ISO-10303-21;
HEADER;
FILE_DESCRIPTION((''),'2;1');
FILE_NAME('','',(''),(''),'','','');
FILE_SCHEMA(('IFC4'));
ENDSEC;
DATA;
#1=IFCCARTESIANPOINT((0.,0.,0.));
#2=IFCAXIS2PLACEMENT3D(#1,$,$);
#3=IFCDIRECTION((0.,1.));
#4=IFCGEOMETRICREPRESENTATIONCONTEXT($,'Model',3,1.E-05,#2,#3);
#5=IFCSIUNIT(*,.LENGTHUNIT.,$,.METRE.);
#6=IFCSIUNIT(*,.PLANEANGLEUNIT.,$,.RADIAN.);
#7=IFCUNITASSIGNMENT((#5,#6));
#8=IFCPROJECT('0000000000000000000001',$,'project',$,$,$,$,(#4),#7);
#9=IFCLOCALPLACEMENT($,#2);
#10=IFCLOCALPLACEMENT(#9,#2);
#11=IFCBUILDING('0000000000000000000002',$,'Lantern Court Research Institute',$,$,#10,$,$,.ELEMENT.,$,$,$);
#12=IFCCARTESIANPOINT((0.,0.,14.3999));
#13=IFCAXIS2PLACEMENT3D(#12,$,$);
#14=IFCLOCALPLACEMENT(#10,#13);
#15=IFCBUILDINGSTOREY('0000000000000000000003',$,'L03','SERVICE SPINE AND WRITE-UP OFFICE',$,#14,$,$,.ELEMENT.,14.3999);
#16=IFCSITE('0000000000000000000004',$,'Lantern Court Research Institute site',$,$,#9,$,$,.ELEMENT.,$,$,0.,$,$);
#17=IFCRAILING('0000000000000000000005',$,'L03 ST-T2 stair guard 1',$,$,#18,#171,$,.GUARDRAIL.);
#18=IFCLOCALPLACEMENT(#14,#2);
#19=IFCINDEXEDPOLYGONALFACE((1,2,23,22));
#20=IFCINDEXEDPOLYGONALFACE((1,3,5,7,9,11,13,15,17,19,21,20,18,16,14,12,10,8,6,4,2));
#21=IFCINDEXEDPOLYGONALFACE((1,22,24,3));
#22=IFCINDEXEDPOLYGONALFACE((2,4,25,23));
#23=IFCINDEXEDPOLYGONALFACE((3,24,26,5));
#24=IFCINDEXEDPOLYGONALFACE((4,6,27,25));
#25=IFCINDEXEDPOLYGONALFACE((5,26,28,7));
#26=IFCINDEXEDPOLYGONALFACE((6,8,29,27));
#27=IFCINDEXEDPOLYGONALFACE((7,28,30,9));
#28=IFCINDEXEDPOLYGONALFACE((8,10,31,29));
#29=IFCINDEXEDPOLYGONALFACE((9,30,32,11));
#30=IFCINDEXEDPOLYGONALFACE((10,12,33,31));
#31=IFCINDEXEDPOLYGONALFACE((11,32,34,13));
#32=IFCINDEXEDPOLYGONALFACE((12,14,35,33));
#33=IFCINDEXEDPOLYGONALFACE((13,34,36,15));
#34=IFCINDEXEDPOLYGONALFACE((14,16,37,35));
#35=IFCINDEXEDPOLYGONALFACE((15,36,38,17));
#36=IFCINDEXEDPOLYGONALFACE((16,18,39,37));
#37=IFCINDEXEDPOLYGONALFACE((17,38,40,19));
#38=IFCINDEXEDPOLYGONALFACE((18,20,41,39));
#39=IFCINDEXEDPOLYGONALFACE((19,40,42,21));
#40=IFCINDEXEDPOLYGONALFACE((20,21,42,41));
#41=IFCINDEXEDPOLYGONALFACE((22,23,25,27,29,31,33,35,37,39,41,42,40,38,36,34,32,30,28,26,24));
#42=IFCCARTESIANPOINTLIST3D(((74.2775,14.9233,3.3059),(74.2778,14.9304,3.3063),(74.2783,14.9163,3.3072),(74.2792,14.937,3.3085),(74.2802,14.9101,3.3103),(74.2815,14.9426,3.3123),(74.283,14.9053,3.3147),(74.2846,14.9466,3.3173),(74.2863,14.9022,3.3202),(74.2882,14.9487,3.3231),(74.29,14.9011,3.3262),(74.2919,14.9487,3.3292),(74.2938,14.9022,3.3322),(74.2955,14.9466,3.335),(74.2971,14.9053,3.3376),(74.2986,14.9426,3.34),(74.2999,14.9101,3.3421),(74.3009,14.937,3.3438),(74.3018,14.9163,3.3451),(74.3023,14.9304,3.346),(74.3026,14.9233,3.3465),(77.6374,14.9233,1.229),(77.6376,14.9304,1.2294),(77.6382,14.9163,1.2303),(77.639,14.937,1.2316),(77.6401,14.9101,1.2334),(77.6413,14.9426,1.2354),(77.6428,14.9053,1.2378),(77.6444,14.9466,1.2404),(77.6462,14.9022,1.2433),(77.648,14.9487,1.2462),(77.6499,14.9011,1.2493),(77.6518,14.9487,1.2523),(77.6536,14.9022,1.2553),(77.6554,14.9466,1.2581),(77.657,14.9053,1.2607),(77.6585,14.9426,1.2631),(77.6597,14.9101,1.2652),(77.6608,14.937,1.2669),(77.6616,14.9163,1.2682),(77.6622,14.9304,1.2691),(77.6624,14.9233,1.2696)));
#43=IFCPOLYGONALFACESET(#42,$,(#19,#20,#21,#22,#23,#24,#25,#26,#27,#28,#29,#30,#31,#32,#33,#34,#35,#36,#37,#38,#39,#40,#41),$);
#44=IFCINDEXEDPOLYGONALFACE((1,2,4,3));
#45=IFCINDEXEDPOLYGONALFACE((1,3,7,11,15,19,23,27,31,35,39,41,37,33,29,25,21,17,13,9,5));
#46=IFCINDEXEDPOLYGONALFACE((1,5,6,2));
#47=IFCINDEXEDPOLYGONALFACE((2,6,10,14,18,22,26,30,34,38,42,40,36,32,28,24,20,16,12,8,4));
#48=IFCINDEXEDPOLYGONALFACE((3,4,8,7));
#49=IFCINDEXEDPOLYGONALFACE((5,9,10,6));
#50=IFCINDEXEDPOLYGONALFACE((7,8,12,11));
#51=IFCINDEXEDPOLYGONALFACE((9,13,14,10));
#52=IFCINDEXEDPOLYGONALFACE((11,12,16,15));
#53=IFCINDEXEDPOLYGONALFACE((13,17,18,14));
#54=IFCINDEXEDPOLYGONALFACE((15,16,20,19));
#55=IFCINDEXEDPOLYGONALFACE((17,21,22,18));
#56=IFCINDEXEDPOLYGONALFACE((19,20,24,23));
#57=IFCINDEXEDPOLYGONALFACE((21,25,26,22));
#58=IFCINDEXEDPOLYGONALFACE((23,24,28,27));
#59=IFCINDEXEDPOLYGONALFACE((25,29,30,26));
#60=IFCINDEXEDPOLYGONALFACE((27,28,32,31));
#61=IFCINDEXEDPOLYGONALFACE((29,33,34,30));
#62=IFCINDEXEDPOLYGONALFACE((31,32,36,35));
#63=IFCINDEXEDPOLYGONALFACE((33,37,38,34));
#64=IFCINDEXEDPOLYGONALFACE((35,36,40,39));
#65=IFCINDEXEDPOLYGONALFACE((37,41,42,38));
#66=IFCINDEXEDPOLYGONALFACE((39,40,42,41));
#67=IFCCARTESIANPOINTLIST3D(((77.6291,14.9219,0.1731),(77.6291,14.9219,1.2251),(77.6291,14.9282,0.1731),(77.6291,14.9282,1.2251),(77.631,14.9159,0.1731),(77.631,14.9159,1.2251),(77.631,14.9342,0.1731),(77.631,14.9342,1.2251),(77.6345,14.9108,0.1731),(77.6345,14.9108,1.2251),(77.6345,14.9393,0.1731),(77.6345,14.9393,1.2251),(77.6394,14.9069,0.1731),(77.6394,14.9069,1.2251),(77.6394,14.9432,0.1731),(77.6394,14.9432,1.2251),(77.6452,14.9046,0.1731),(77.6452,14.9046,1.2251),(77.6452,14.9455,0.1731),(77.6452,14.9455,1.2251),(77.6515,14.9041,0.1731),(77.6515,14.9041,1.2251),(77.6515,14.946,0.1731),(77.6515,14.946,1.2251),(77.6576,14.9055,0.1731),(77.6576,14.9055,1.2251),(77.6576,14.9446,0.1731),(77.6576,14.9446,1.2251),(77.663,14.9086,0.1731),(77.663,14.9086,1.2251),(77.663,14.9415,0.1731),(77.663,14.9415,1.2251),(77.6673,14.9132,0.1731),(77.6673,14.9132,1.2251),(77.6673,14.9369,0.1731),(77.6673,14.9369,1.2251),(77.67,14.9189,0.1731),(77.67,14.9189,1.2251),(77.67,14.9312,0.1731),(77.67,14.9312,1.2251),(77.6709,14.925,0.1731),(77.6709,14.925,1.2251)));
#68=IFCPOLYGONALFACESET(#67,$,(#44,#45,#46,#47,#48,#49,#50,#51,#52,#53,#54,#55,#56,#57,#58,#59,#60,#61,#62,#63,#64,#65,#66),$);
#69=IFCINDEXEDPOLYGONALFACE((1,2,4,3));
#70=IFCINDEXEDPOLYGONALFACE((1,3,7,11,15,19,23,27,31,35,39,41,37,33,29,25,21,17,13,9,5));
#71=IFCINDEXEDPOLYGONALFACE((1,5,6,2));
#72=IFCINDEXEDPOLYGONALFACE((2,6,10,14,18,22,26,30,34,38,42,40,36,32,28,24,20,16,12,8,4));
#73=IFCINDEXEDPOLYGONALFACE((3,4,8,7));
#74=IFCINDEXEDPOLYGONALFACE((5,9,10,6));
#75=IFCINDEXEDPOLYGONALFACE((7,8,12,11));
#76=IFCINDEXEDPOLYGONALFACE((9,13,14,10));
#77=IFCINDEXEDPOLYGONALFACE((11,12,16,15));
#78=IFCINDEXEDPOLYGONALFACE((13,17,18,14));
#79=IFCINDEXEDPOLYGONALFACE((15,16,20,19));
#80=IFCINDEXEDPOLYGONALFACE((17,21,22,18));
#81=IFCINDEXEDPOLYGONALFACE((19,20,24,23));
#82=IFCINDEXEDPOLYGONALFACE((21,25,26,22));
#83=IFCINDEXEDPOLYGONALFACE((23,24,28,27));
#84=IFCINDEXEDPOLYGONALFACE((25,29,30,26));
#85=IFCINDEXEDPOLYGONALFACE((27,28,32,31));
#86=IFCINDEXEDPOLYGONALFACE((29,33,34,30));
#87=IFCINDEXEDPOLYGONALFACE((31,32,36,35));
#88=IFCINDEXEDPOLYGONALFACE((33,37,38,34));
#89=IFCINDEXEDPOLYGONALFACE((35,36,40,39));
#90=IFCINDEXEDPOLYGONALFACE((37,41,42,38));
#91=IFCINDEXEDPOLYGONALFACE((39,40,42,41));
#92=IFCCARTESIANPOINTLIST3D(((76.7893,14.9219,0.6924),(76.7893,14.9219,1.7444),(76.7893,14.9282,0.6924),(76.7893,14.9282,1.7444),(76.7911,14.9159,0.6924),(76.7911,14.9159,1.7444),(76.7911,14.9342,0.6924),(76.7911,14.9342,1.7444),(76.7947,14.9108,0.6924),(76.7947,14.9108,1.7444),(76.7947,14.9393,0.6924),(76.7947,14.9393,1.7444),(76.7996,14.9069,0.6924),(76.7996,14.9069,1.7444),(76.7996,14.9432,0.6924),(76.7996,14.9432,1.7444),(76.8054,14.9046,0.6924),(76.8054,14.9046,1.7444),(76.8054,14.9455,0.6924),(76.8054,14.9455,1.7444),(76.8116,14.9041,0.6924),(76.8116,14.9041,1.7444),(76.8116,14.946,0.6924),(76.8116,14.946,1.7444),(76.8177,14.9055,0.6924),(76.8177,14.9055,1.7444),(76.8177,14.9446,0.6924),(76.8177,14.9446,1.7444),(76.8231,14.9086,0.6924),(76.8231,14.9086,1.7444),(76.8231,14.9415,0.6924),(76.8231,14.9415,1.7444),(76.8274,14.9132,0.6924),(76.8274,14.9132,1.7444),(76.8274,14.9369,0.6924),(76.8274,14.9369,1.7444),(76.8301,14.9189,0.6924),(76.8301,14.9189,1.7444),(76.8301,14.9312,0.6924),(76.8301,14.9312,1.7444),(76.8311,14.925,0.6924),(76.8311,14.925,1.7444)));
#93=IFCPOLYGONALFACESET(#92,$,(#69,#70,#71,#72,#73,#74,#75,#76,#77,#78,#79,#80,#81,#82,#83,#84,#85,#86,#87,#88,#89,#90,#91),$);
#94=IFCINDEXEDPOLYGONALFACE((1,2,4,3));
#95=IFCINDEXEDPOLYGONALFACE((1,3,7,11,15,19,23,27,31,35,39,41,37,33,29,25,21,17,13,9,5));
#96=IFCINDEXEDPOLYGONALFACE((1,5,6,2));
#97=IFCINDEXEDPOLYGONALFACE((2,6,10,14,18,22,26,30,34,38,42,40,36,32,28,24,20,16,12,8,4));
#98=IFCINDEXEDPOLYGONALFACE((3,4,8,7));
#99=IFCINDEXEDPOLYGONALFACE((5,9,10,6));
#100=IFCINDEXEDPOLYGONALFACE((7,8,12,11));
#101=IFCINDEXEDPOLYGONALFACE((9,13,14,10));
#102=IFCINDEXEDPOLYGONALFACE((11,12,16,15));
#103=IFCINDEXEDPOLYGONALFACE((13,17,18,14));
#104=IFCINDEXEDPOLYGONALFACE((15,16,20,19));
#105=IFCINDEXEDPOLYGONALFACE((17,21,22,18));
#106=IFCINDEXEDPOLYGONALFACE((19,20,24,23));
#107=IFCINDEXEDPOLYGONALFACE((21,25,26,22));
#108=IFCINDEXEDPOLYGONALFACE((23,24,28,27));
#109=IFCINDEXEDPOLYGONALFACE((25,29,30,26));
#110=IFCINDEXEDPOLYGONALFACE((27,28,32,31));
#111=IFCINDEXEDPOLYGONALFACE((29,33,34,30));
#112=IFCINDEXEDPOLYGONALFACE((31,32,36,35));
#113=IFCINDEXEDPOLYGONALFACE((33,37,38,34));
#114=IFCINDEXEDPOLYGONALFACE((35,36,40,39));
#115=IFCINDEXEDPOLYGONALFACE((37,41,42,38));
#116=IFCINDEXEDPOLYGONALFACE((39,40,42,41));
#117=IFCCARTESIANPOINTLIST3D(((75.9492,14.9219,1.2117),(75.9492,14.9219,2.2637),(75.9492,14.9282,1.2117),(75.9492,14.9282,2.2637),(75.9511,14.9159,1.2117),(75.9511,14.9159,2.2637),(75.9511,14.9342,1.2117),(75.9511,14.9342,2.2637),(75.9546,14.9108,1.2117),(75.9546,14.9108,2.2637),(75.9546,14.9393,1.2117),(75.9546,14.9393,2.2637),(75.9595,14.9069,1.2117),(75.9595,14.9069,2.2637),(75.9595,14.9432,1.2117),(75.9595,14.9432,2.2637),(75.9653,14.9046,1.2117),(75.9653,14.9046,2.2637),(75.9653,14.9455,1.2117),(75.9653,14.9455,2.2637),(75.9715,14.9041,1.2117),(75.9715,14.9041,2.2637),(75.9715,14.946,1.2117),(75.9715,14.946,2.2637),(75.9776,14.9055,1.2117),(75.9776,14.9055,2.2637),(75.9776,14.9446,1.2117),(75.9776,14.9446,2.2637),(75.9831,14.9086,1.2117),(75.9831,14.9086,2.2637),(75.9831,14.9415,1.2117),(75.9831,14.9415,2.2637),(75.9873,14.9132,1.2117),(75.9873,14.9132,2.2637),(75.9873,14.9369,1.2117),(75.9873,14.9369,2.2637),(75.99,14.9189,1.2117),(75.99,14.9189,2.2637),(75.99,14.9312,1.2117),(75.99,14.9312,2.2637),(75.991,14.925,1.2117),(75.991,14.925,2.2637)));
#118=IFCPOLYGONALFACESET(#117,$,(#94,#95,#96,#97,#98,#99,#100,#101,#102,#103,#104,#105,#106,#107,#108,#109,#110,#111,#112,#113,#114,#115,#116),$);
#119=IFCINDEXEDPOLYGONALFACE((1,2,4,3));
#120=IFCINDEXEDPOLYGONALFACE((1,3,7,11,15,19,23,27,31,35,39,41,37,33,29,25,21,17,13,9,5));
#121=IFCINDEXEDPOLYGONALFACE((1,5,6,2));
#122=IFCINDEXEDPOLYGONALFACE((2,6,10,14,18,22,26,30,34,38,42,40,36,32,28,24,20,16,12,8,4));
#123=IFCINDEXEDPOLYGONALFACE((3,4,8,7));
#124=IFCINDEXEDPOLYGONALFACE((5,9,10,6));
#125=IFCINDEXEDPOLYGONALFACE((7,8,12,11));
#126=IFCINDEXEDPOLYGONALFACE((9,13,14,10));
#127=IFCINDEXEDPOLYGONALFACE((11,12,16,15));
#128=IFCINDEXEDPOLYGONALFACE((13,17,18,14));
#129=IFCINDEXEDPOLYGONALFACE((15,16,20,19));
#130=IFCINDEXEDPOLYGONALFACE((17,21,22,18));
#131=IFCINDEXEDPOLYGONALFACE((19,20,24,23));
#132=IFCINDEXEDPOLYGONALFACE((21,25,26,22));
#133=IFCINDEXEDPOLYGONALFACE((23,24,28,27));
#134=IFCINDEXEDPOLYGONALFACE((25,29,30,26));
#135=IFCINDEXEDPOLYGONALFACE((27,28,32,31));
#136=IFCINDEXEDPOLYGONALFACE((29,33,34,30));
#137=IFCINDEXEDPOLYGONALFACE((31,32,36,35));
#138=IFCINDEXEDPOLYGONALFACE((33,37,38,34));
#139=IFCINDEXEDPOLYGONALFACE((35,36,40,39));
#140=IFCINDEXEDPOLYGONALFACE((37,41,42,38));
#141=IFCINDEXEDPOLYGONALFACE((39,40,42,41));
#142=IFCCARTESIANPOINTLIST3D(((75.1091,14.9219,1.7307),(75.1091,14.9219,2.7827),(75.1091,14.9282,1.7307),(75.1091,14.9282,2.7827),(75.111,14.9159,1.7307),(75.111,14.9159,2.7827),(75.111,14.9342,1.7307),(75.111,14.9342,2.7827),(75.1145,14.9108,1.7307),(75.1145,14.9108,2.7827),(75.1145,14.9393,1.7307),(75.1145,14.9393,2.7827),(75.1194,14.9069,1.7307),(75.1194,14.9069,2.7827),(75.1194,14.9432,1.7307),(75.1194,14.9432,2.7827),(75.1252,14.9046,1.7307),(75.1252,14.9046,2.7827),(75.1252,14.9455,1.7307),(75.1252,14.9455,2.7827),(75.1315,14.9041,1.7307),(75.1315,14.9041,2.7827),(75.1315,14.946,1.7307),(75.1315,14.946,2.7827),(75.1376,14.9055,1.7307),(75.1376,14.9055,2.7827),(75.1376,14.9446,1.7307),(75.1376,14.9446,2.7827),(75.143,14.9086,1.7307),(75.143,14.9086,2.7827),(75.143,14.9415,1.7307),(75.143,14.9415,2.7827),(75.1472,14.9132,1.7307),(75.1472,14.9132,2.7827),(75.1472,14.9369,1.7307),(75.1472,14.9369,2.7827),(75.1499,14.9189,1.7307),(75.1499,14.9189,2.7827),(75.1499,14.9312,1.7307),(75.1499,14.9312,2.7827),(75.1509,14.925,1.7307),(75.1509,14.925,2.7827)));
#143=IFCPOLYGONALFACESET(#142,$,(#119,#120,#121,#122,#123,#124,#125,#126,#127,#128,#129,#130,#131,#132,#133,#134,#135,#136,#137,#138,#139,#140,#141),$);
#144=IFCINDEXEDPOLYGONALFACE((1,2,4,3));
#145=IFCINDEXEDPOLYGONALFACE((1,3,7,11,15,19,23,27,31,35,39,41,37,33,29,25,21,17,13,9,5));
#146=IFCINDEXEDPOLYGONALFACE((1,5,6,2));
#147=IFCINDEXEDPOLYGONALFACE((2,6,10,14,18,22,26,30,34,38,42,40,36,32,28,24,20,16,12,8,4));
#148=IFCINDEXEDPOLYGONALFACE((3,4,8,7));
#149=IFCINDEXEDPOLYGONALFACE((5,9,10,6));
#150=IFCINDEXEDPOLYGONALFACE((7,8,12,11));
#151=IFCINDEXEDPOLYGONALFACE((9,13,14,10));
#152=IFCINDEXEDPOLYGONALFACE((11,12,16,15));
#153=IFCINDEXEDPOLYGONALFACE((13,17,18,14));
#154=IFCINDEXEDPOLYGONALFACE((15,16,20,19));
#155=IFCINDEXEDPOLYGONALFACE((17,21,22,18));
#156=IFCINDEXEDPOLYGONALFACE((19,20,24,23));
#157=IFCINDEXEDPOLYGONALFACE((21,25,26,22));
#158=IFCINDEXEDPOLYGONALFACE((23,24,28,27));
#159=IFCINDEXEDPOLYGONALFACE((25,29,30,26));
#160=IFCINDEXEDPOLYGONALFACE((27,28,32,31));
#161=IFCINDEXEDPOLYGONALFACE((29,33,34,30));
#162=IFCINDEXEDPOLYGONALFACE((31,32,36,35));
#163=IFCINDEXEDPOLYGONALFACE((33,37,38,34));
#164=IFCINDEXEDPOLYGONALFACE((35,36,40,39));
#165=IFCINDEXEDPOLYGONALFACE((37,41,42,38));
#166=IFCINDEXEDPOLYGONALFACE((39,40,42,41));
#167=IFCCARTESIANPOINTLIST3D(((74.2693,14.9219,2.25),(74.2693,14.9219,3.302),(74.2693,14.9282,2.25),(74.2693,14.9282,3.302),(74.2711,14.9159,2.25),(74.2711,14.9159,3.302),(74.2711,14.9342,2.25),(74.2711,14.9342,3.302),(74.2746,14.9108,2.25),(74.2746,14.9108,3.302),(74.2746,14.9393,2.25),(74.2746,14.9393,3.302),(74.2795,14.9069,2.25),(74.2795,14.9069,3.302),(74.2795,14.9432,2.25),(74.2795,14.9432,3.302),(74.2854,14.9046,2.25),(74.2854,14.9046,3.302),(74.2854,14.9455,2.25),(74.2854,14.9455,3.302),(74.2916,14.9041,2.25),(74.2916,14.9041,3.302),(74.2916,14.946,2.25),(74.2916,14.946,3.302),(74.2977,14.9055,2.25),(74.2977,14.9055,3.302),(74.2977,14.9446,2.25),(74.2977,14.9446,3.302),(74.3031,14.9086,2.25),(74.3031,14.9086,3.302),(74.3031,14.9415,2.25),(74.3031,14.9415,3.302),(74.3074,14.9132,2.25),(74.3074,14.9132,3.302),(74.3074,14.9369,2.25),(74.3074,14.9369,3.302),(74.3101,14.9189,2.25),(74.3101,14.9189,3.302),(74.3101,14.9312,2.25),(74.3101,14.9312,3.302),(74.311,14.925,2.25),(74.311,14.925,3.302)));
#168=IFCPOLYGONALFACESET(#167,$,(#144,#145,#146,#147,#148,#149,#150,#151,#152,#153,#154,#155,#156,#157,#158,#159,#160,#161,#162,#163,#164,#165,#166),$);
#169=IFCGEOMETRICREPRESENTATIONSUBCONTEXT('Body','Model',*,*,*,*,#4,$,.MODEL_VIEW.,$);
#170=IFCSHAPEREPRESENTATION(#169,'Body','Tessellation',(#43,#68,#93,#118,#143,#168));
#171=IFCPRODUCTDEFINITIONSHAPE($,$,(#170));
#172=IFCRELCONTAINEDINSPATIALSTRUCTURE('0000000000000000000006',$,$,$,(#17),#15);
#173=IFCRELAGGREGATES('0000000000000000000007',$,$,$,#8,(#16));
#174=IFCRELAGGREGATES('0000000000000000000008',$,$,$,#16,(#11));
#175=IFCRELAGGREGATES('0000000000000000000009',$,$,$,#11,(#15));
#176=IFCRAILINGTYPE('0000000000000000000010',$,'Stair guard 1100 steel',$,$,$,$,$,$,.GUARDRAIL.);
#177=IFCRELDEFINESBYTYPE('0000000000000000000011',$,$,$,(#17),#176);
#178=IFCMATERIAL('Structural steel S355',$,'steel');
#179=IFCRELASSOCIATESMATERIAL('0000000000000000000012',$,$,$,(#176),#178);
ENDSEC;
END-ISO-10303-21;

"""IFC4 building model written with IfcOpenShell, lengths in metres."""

from ifc_helpers import new_model, si_unit, direction, frame, origin, origin_2d, place, context, subcontext, project, spatial, circle, extrude, material, type_object, element, save


model = new_model("IFC4")

# Units and contexts
model_context = context("Model", 3, precision=1e-05, world=origin(), true_north=direction((0.0, 1.0)))
body_context = subcontext(model_context, "Body", "Model", "MODEL_VIEW")
ifc_project = project(units=[si_unit("LENGTHUNIT", "METRE"), si_unit("PLANEANGLEUNIT", "RADIAN")], contexts=[model_context])

# Site, building, storey
site_placement = place(None, origin())
site = spatial("IfcSite", under=ifc_project, at=site_placement, Name="Lantern Court Research Institute site", CompositionType="ELEMENT", RefElevation=0.0)
building_placement = place(site_placement, origin())
building = spatial("IfcBuilding", under=site, at=building_placement, Name="Lantern Court Research Institute", CompositionType="ELEMENT")
storey_placement = place(building_placement, frame((0.0, 0.0, 14.3999)))
storey = spatial("IfcBuildingStorey", under=building, at=storey_placement, Name="L03", Description="SERVICE SPINE AND WRITE-UP OFFICE", CompositionType="ELEMENT", Elevation=14.3999)

# Railing
ifc_material_1 = material(Name="Structural steel S355", Category="steel")
railing_type_1 = type_object("IfcRailingType", Name="Stair guard 1100 steel", PredefinedType="GUARDRAIL", material=ifc_material_1)
railing_1_placement = place(storey_placement, frame((77.6499, 14.925, 0.1731)))
element("IfcRailing", 1, at=railing_1_placement, inside=storey, type_object=railing_type_1, Name="L03 ST-T2 stair guard 1", PredefinedType="GUARDRAIL", context=body_context, shape_type="SweptSolid", body=[
    extrude(circle(Radius=0.0239, at=origin_2d()), frame((0.0, 0.0, 1.0762), z_axis=(-0.850606, 0.0, 0.525803), x_axis=(0.0, -1.0, 0.0)), (0.0, 0.0, 1.0), 3.95),
    extrude(circle(Radius=0.021, at=origin_2d()), origin(), (0.0, 0.0, 1.0), 1.052),
    extrude(circle(Radius=0.021, at=origin_2d()), frame((-0.8398, 0.0, 0.5193)), (0.0, 0.0, 1.0), 1.052),
    extrude(circle(Radius=0.021, at=origin_2d()), frame((-1.6799, 0.0, 1.0386)), (0.0, 0.0, 1.0), 1.052),
    extrude(circle(Radius=0.021, at=origin_2d()), frame((-2.52, 0.0, 1.5576)), (0.0, 0.0, 1.0), 1.052),
    extrude(circle(Radius=0.021, at=origin_2d()), frame((-3.3599, 0.0, 2.0769)), (0.0, 0.0, 1.0), 1.052),
])

save(model, "model.ifc")
